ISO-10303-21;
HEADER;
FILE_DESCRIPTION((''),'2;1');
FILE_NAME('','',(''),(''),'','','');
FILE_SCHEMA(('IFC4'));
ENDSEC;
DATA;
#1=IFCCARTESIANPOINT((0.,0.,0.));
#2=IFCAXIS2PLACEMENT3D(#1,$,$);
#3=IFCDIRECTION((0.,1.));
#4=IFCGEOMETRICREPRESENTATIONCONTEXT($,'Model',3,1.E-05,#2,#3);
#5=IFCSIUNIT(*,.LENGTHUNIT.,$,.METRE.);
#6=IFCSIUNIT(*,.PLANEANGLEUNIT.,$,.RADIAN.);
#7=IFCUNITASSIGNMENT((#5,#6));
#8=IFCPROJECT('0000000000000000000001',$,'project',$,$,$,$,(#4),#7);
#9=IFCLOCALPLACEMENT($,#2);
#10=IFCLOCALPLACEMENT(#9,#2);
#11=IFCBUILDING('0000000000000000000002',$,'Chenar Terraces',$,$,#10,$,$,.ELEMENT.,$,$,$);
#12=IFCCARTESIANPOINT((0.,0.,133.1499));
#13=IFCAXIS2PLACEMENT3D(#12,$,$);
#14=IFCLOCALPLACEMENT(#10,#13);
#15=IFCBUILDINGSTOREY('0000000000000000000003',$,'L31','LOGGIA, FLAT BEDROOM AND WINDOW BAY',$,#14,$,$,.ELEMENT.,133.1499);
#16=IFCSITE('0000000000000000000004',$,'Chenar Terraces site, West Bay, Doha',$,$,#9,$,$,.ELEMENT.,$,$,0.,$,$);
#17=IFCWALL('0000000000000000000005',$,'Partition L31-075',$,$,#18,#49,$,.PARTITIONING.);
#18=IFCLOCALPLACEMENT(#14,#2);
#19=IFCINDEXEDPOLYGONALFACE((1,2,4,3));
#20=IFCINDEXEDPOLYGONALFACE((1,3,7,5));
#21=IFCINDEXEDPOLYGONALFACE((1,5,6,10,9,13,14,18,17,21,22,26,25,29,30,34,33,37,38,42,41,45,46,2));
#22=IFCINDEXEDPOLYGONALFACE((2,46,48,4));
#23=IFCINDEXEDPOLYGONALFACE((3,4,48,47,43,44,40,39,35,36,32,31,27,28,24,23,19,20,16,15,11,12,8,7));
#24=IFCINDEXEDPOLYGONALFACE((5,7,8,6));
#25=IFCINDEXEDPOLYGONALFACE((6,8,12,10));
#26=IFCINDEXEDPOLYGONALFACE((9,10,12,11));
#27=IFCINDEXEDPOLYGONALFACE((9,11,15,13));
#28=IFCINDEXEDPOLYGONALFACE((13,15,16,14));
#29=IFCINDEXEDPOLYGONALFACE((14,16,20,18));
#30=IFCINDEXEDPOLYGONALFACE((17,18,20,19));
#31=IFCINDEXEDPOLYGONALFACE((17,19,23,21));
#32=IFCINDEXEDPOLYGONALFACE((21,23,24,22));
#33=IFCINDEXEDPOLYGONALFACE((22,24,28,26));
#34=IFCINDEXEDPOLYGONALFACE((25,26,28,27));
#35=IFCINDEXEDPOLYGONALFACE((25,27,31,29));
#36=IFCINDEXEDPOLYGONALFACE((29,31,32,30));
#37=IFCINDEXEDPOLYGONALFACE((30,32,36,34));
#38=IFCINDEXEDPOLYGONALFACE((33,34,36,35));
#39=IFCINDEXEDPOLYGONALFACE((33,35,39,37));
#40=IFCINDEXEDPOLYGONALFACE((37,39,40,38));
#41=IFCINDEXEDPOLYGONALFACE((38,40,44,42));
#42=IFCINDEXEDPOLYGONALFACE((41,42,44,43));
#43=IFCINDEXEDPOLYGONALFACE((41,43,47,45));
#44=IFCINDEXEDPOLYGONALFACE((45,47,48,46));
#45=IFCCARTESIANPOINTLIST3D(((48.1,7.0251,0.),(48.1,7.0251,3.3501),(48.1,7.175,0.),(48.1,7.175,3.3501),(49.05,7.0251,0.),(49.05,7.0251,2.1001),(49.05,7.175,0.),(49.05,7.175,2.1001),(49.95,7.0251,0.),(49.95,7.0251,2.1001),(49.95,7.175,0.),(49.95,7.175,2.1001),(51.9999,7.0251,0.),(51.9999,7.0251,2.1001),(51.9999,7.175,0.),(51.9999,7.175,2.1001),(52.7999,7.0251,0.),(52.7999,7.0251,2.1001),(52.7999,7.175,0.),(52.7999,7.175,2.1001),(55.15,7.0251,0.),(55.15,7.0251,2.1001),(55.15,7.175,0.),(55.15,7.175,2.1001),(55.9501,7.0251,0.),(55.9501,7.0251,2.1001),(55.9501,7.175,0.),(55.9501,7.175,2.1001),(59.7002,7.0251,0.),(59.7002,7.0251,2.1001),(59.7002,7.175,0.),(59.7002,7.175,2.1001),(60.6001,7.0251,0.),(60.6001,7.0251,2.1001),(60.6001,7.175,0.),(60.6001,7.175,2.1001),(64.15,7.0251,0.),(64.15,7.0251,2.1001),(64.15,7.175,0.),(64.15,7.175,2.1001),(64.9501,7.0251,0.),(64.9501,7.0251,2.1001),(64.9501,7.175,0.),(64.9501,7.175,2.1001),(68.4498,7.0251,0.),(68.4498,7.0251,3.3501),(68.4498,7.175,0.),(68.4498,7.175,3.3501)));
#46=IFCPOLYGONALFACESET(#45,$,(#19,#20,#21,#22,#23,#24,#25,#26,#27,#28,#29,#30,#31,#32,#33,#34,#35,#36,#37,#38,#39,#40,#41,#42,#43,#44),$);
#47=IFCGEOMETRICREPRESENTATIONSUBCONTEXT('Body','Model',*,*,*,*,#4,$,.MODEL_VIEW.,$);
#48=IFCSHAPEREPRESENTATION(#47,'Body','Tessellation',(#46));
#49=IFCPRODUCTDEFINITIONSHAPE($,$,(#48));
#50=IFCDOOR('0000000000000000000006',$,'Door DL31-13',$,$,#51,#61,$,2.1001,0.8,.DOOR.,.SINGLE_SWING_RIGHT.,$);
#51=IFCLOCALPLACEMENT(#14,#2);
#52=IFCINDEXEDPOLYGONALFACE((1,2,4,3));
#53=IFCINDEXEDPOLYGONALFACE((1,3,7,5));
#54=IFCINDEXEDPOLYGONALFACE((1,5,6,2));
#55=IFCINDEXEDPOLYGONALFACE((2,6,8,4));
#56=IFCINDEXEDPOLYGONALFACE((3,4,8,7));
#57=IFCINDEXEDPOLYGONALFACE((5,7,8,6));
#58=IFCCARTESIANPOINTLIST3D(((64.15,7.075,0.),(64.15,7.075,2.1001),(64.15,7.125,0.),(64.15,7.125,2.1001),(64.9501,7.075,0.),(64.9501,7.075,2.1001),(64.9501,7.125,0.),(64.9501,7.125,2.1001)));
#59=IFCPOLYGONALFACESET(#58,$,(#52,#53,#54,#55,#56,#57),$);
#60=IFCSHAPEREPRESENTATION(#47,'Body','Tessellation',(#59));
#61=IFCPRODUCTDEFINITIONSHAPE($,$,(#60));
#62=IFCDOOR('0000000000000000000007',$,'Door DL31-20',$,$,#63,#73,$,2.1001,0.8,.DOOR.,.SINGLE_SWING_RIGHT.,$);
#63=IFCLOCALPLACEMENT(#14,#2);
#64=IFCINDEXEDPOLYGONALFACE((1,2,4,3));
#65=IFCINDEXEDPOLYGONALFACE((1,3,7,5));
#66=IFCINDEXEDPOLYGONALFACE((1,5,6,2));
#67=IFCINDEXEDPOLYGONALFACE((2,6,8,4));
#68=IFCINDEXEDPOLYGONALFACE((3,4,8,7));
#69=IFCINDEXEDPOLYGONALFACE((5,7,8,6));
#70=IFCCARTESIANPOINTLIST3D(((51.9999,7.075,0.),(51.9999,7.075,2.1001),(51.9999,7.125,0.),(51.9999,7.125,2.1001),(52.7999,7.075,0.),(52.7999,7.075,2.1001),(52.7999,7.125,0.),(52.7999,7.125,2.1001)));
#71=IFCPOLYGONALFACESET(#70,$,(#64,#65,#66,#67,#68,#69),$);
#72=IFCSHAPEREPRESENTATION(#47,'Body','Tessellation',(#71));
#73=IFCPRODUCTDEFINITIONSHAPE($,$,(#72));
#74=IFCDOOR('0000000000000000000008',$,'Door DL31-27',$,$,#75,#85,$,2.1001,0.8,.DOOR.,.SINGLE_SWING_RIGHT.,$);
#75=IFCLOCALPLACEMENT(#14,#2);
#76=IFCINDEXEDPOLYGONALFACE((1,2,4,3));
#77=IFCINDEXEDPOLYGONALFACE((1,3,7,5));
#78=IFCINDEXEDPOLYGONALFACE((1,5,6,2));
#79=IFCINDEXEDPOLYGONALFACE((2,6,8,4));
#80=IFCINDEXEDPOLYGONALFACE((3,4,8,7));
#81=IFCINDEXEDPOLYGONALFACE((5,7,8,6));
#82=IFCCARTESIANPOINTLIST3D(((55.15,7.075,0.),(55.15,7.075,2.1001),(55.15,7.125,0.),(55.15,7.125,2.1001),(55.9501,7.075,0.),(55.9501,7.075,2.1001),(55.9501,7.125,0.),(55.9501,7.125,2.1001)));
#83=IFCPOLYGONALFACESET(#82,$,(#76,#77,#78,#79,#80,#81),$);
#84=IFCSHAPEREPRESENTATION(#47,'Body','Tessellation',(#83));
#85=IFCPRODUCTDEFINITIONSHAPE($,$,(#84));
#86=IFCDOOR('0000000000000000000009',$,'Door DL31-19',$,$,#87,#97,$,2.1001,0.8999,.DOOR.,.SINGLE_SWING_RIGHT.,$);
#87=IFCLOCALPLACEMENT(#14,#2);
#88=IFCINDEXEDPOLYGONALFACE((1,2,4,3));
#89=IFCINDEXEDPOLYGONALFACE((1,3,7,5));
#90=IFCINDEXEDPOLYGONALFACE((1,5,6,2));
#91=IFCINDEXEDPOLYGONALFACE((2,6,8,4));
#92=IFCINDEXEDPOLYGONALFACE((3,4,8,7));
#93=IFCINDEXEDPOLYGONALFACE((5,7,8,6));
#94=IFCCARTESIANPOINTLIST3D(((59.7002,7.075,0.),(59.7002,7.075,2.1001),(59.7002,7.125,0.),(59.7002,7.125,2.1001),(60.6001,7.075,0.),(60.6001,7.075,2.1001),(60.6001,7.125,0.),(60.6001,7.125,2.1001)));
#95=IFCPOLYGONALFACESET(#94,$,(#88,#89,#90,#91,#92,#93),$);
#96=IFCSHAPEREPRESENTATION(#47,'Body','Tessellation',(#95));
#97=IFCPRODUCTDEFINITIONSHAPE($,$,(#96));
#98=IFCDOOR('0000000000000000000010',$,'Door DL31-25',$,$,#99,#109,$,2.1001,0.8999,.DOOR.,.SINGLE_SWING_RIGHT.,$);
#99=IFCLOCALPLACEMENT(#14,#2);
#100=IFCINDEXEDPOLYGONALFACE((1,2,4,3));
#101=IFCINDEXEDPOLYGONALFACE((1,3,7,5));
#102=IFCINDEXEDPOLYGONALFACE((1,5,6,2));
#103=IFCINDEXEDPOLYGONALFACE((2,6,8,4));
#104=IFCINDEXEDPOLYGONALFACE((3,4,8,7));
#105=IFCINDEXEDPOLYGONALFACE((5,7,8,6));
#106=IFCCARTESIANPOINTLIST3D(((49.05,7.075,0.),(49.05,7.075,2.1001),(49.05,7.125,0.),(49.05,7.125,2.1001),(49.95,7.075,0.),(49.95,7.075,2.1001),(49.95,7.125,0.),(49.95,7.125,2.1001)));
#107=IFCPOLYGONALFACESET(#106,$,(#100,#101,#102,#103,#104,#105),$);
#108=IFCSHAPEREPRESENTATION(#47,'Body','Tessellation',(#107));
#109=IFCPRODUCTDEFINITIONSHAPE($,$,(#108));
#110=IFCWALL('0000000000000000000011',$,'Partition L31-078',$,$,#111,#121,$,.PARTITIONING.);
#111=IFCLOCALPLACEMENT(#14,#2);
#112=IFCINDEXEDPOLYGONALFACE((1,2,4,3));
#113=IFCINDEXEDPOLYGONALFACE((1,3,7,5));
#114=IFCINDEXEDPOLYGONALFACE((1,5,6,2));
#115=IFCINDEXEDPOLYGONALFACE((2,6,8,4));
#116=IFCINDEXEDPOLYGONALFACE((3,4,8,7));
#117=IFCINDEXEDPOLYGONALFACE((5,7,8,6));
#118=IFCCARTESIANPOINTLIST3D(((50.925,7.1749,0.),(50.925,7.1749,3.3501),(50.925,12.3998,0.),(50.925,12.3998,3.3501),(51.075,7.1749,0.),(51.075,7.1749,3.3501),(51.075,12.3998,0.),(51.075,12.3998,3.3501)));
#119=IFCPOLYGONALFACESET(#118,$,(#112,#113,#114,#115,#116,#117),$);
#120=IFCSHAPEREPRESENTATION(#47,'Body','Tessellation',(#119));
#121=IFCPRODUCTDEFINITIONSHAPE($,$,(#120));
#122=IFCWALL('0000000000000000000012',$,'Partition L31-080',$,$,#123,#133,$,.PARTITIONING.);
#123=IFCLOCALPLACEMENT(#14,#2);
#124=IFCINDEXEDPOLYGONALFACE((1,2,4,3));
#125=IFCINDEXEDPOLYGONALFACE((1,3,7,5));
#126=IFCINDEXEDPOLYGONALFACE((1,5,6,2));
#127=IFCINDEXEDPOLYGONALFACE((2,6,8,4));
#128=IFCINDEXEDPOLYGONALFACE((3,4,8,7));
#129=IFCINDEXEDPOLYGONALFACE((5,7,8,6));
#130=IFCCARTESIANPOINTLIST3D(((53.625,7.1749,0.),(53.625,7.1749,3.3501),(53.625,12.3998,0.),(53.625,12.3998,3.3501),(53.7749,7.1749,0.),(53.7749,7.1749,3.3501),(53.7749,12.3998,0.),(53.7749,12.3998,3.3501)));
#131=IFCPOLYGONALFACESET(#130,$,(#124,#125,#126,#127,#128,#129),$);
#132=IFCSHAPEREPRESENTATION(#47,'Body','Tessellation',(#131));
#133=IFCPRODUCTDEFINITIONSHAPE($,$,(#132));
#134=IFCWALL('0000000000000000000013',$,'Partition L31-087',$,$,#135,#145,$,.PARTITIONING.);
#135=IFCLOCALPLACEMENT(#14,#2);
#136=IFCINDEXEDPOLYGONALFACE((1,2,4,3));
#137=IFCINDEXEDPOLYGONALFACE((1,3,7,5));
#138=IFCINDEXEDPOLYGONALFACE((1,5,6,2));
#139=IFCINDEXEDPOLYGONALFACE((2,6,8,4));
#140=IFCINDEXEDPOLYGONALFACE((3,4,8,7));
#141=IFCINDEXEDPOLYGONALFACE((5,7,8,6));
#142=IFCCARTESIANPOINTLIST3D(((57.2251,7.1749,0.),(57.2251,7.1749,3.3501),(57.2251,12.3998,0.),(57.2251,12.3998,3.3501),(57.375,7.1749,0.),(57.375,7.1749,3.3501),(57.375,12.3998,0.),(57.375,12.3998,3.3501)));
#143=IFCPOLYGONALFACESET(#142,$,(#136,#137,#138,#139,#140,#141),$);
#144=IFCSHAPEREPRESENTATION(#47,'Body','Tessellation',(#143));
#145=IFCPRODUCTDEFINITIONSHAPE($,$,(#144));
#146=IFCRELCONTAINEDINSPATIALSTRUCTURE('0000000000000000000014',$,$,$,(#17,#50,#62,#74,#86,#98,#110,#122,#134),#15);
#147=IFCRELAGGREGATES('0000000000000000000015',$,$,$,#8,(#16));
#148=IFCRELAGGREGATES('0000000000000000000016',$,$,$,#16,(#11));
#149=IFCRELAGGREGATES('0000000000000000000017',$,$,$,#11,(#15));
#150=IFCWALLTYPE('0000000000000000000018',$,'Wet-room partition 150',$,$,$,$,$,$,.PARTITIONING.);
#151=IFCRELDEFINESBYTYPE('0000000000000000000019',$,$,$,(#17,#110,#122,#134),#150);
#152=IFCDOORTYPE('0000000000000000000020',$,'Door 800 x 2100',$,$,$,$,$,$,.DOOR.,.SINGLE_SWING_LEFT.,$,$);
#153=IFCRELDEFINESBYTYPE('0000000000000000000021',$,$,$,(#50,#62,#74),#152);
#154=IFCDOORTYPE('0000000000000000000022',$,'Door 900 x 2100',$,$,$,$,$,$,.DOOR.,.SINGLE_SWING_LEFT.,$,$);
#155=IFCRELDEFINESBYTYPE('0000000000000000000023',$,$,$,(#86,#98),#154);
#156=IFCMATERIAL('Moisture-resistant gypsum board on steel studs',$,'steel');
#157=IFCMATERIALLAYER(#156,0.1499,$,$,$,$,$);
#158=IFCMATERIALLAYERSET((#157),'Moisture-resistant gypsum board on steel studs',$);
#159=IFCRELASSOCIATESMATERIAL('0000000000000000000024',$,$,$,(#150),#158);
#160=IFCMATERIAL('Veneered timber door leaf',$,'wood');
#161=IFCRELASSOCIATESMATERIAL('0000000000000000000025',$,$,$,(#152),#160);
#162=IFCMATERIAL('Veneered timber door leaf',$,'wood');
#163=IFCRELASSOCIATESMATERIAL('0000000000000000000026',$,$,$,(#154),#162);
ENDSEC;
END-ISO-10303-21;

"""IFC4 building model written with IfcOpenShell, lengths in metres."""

from ifc_helpers import new_model, si_unit, direction, frame, frame_2d, origin, place, context, subcontext, project, spatial, rectangle, extrude, material, layer, layer_set, type_object, element, fill, save


model = new_model("IFC4")

# Units and contexts
model_context = context("Model", 3, precision=1e-05, world=origin(), true_north=direction((0.0, 1.0)))
body_context = subcontext(model_context, "Body", "Model", "MODEL_VIEW")
ifc_project = project(units=[si_unit("LENGTHUNIT", "METRE"), si_unit("PLANEANGLEUNIT", "RADIAN")], contexts=[model_context])

# Site, building, storey
site_placement = place(None, origin())
site = spatial("IfcSite", under=ifc_project, at=site_placement, Name="Chenar Terraces site, West Bay, Doha", CompositionType="ELEMENT", RefElevation=0.0)
building_placement = place(site_placement, origin())
building = spatial("IfcBuilding", under=site, at=building_placement, Name="Chenar Terraces", CompositionType="ELEMENT")
storey_placement = place(building_placement, frame((0.0, 0.0, 133.1499)))
storey = spatial("IfcBuildingStorey", under=building, at=storey_placement, Name="L31", Description="LOGGIA, FLAT BEDROOM AND WINDOW BAY", CompositionType="ELEMENT", Elevation=133.1499)

# Wall, openings, doors
ifc_material_1 = material(Name="Moisture-resistant gypsum board on steel studs", Category="steel")
ifc_layer_1 = layer(ifc_material_1, 0.1499)
ifc_layer_set_1 = layer_set([ifc_layer_1], Name="Moisture-resistant gypsum board on steel studs")
wall_type_1 = type_object("IfcWallType", Name="Wet-room partition 150", PredefinedType="PARTITIONING", material=ifc_layer_set_1)
ifc_material_2 = material(Name="Veneered timber door leaf", Category="wood")
door_type_1 = type_object("IfcDoorType", Name="Door 800 x 2100", OperationType="SINGLE_SWING_LEFT", PredefinedType="DOOR", material=ifc_material_2)
ifc_material_3 = material(Name="Veneered timber door leaf", Category="wood")
door_type_2 = type_object("IfcDoorType", Name="Door 900 x 2100", OperationType="SINGLE_SWING_LEFT", PredefinedType="DOOR", material=ifc_material_3)
wall_1_placement = place(storey_placement, frame((48.1001, 7.1001, 0.0), z_axis=(0.0, 0.0, 1.0), x_axis=(1.0, 0.0, 0.0)))
wall_1 = element("IfcWall", 1, at=wall_1_placement, inside=storey, type_object=wall_type_1, Name="Partition L31-075", PredefinedType="PARTITIONING", context=body_context, shape_type="SweptSolid", body=[
    extrude(rectangle(XDim=20.3499, YDim=0.1499, at=frame_2d((10.1748, 0.0))), origin(), (0.0, 0.0, 1.0), 3.3501),
])
opening_1_placement = place(wall_1_placement, frame((16.05, 0.0, 0.0)))
opening_1 = element("IfcOpeningElement", 2, at=opening_1_placement, cuts=wall_1, PredefinedType="OPENING", context=body_context, shape_type="SweptSolid", body=[
    extrude(rectangle(XDim=0.8, YDim=2.1001, at=frame_2d((0.3999, 1.05))), frame((0.0, 0.085, 0.0), z_axis=(0.0, -1.0, 0.0), x_axis=(1.0, 0.0, 0.0)), (0.0, 0.0, 1.0), 0.1699),
])
opening_2_placement = place(wall_1_placement, frame((11.6001, 0.0, 0.0)))
opening_2 = element("IfcOpeningElement", 3, at=opening_2_placement, cuts=wall_1, PredefinedType="OPENING", context=body_context, shape_type="SweptSolid", body=[
    extrude(rectangle(XDim=0.8999, YDim=2.1001, at=frame_2d((0.45, 1.05))), frame((0.0, 0.085, 0.0), z_axis=(0.0, -1.0, 0.0), x_axis=(1.0, 0.0, 0.0)), (0.0, 0.0, 1.0), 0.1699),
])
opening_3_placement = place(wall_1_placement, frame((3.8999, 0.0, 0.0)))
opening_3 = element("IfcOpeningElement", 4, at=opening_3_placement, cuts=wall_1, PredefinedType="OPENING", context=body_context, shape_type="SweptSolid", body=[
    extrude(rectangle(XDim=0.8, YDim=2.1001, at=frame_2d((0.3999, 1.05))), frame((0.0, 0.085, 0.0), z_axis=(0.0, -1.0, 0.0), x_axis=(1.0, 0.0, 0.0)), (0.0, 0.0, 1.0), 0.1699),
])
opening_4_placement = place(wall_1_placement, frame((0.95, 0.0, 0.0)))
opening_4 = element("IfcOpeningElement", 5, at=opening_4_placement, cuts=wall_1, PredefinedType="OPENING", context=body_context, shape_type="SweptSolid", body=[
    extrude(rectangle(XDim=0.8999, YDim=2.1001, at=frame_2d((0.45, 1.05))), frame((0.0, 0.085, 0.0), z_axis=(0.0, -1.0, 0.0), x_axis=(1.0, 0.0, 0.0)), (0.0, 0.0, 1.0), 0.1699),
])
opening_5_placement = place(wall_1_placement, frame((7.05, 0.0, 0.0)))
opening_5 = element("IfcOpeningElement", 6, at=opening_5_placement, cuts=wall_1, PredefinedType="OPENING", context=body_context, shape_type="SweptSolid", body=[
    extrude(rectangle(XDim=0.8, YDim=2.1001, at=frame_2d((0.3999, 1.05))), frame((0.0, 0.085, 0.0), z_axis=(0.0, -1.0, 0.0), x_axis=(1.0, 0.0, 0.0)), (0.0, 0.0, 1.0), 0.1699),
])
door_1_placement = place(opening_1_placement, origin())
door_1 = element("IfcDoor", 7, at=door_1_placement, inside=storey, type_object=door_type_1, Name="Door DL31-13", OperationType="SINGLE_SWING_RIGHT", OverallHeight=2.1001, OverallWidth=0.8, PredefinedType="DOOR", context=body_context, shape_type="SweptSolid", body=[
    extrude(rectangle(XDim=0.8, YDim=2.1001, at=frame_2d((0.3999, 1.05))), frame((0.0, 0.0249, 0.0), z_axis=(0.0, -1.0, 0.0), x_axis=(1.0, 0.0, 0.0)), (0.0, 0.0, 1.0), 0.05),
])
fill(opening_1, door_1)
door_2_placement = place(opening_3_placement, origin())
door_2 = element("IfcDoor", 8, at=door_2_placement, inside=storey, type_object=door_type_1, Name="Door DL31-20", OperationType="SINGLE_SWING_RIGHT", OverallHeight=2.1001, OverallWidth=0.8, PredefinedType="DOOR", context=body_context, shape_type="SweptSolid", body=[
    extrude(rectangle(XDim=0.8, YDim=2.1001, at=frame_2d((0.3999, 1.05))), frame((0.0, 0.0249, 0.0), z_axis=(0.0, -1.0, 0.0), x_axis=(1.0, 0.0, 0.0)), (0.0, 0.0, 1.0), 0.05),
])
fill(opening_3, door_2)
door_3_placement = place(opening_5_placement, origin())
door_3 = element("IfcDoor", 9, at=door_3_placement, inside=storey, type_object=door_type_1, Name="Door DL31-27", OperationType="SINGLE_SWING_RIGHT", OverallHeight=2.1001, OverallWidth=0.8, PredefinedType="DOOR", context=body_context, shape_type="SweptSolid", body=[
    extrude(rectangle(XDim=0.8, YDim=2.1001, at=frame_2d((0.3999, 1.05))), frame((0.0, 0.0249, 0.0), z_axis=(0.0, -1.0, 0.0), x_axis=(1.0, 0.0, 0.0)), (0.0, 0.0, 1.0), 0.05),
])
fill(opening_5, door_3)
door_4_placement = place(opening_2_placement, origin())
door_4 = element("IfcDoor", 10, at=door_4_placement, inside=storey, type_object=door_type_2, Name="Door DL31-19", OperationType="SINGLE_SWING_RIGHT", OverallHeight=2.1001, OverallWidth=0.8999, PredefinedType="DOOR", context=body_context, shape_type="SweptSolid", body=[
    extrude(rectangle(XDim=0.8999, YDim=2.1001, at=frame_2d((0.45, 1.05))), frame((0.0, 0.0249, 0.0), z_axis=(0.0, -1.0, 0.0), x_axis=(1.0, 0.0, 0.0)), (0.0, 0.0, 1.0), 0.05),
])
fill(opening_2, door_4)
door_5_placement = place(opening_4_placement, origin())
door_5 = element("IfcDoor", 11, at=door_5_placement, inside=storey, type_object=door_type_2, Name="Door DL31-25", OperationType="SINGLE_SWING_RIGHT", OverallHeight=2.1001, OverallWidth=0.8999, PredefinedType="DOOR", context=body_context, shape_type="SweptSolid", body=[
    extrude(rectangle(XDim=0.8999, YDim=2.1001, at=frame_2d((0.45, 1.05))), frame((0.0, 0.0249, 0.0), z_axis=(0.0, -1.0, 0.0), x_axis=(1.0, 0.0, 0.0)), (0.0, 0.0, 1.0), 0.05),
])
fill(opening_4, door_5)

# Walls
for number, where, z_axis, x_axis, name in (
    (12, (51.0, 7.175, 0.0), (0.0, 0.0, 1.0), (0.0, 1.0, 0.0), "Partition L31-078"),
    (13, (53.7, 7.175, 0.0), (0.0, 0.0, 1.0), (0.0, 1.0, 0.0), "Partition L31-080"),
    (14, (57.3, 7.175, 0.0), (0.0, 0.0, 1.0), (0.0, 1.0, 0.0), "Partition L31-087"),
):
    element("IfcWall", number, at=place(storey_placement, frame(where, z_axis=z_axis, x_axis=x_axis)), inside=storey, type_object=wall_type_1, Name=name, PredefinedType="PARTITIONING", context=body_context, shape_type="SweptSolid", body=[
        extrude(rectangle(XDim=5.2249, YDim=0.1499, at=frame_2d((2.6123, 0.0))), origin(), (0.0, 0.0, 1.0), 3.3501),
    ])

save(model, "model.ifc")
